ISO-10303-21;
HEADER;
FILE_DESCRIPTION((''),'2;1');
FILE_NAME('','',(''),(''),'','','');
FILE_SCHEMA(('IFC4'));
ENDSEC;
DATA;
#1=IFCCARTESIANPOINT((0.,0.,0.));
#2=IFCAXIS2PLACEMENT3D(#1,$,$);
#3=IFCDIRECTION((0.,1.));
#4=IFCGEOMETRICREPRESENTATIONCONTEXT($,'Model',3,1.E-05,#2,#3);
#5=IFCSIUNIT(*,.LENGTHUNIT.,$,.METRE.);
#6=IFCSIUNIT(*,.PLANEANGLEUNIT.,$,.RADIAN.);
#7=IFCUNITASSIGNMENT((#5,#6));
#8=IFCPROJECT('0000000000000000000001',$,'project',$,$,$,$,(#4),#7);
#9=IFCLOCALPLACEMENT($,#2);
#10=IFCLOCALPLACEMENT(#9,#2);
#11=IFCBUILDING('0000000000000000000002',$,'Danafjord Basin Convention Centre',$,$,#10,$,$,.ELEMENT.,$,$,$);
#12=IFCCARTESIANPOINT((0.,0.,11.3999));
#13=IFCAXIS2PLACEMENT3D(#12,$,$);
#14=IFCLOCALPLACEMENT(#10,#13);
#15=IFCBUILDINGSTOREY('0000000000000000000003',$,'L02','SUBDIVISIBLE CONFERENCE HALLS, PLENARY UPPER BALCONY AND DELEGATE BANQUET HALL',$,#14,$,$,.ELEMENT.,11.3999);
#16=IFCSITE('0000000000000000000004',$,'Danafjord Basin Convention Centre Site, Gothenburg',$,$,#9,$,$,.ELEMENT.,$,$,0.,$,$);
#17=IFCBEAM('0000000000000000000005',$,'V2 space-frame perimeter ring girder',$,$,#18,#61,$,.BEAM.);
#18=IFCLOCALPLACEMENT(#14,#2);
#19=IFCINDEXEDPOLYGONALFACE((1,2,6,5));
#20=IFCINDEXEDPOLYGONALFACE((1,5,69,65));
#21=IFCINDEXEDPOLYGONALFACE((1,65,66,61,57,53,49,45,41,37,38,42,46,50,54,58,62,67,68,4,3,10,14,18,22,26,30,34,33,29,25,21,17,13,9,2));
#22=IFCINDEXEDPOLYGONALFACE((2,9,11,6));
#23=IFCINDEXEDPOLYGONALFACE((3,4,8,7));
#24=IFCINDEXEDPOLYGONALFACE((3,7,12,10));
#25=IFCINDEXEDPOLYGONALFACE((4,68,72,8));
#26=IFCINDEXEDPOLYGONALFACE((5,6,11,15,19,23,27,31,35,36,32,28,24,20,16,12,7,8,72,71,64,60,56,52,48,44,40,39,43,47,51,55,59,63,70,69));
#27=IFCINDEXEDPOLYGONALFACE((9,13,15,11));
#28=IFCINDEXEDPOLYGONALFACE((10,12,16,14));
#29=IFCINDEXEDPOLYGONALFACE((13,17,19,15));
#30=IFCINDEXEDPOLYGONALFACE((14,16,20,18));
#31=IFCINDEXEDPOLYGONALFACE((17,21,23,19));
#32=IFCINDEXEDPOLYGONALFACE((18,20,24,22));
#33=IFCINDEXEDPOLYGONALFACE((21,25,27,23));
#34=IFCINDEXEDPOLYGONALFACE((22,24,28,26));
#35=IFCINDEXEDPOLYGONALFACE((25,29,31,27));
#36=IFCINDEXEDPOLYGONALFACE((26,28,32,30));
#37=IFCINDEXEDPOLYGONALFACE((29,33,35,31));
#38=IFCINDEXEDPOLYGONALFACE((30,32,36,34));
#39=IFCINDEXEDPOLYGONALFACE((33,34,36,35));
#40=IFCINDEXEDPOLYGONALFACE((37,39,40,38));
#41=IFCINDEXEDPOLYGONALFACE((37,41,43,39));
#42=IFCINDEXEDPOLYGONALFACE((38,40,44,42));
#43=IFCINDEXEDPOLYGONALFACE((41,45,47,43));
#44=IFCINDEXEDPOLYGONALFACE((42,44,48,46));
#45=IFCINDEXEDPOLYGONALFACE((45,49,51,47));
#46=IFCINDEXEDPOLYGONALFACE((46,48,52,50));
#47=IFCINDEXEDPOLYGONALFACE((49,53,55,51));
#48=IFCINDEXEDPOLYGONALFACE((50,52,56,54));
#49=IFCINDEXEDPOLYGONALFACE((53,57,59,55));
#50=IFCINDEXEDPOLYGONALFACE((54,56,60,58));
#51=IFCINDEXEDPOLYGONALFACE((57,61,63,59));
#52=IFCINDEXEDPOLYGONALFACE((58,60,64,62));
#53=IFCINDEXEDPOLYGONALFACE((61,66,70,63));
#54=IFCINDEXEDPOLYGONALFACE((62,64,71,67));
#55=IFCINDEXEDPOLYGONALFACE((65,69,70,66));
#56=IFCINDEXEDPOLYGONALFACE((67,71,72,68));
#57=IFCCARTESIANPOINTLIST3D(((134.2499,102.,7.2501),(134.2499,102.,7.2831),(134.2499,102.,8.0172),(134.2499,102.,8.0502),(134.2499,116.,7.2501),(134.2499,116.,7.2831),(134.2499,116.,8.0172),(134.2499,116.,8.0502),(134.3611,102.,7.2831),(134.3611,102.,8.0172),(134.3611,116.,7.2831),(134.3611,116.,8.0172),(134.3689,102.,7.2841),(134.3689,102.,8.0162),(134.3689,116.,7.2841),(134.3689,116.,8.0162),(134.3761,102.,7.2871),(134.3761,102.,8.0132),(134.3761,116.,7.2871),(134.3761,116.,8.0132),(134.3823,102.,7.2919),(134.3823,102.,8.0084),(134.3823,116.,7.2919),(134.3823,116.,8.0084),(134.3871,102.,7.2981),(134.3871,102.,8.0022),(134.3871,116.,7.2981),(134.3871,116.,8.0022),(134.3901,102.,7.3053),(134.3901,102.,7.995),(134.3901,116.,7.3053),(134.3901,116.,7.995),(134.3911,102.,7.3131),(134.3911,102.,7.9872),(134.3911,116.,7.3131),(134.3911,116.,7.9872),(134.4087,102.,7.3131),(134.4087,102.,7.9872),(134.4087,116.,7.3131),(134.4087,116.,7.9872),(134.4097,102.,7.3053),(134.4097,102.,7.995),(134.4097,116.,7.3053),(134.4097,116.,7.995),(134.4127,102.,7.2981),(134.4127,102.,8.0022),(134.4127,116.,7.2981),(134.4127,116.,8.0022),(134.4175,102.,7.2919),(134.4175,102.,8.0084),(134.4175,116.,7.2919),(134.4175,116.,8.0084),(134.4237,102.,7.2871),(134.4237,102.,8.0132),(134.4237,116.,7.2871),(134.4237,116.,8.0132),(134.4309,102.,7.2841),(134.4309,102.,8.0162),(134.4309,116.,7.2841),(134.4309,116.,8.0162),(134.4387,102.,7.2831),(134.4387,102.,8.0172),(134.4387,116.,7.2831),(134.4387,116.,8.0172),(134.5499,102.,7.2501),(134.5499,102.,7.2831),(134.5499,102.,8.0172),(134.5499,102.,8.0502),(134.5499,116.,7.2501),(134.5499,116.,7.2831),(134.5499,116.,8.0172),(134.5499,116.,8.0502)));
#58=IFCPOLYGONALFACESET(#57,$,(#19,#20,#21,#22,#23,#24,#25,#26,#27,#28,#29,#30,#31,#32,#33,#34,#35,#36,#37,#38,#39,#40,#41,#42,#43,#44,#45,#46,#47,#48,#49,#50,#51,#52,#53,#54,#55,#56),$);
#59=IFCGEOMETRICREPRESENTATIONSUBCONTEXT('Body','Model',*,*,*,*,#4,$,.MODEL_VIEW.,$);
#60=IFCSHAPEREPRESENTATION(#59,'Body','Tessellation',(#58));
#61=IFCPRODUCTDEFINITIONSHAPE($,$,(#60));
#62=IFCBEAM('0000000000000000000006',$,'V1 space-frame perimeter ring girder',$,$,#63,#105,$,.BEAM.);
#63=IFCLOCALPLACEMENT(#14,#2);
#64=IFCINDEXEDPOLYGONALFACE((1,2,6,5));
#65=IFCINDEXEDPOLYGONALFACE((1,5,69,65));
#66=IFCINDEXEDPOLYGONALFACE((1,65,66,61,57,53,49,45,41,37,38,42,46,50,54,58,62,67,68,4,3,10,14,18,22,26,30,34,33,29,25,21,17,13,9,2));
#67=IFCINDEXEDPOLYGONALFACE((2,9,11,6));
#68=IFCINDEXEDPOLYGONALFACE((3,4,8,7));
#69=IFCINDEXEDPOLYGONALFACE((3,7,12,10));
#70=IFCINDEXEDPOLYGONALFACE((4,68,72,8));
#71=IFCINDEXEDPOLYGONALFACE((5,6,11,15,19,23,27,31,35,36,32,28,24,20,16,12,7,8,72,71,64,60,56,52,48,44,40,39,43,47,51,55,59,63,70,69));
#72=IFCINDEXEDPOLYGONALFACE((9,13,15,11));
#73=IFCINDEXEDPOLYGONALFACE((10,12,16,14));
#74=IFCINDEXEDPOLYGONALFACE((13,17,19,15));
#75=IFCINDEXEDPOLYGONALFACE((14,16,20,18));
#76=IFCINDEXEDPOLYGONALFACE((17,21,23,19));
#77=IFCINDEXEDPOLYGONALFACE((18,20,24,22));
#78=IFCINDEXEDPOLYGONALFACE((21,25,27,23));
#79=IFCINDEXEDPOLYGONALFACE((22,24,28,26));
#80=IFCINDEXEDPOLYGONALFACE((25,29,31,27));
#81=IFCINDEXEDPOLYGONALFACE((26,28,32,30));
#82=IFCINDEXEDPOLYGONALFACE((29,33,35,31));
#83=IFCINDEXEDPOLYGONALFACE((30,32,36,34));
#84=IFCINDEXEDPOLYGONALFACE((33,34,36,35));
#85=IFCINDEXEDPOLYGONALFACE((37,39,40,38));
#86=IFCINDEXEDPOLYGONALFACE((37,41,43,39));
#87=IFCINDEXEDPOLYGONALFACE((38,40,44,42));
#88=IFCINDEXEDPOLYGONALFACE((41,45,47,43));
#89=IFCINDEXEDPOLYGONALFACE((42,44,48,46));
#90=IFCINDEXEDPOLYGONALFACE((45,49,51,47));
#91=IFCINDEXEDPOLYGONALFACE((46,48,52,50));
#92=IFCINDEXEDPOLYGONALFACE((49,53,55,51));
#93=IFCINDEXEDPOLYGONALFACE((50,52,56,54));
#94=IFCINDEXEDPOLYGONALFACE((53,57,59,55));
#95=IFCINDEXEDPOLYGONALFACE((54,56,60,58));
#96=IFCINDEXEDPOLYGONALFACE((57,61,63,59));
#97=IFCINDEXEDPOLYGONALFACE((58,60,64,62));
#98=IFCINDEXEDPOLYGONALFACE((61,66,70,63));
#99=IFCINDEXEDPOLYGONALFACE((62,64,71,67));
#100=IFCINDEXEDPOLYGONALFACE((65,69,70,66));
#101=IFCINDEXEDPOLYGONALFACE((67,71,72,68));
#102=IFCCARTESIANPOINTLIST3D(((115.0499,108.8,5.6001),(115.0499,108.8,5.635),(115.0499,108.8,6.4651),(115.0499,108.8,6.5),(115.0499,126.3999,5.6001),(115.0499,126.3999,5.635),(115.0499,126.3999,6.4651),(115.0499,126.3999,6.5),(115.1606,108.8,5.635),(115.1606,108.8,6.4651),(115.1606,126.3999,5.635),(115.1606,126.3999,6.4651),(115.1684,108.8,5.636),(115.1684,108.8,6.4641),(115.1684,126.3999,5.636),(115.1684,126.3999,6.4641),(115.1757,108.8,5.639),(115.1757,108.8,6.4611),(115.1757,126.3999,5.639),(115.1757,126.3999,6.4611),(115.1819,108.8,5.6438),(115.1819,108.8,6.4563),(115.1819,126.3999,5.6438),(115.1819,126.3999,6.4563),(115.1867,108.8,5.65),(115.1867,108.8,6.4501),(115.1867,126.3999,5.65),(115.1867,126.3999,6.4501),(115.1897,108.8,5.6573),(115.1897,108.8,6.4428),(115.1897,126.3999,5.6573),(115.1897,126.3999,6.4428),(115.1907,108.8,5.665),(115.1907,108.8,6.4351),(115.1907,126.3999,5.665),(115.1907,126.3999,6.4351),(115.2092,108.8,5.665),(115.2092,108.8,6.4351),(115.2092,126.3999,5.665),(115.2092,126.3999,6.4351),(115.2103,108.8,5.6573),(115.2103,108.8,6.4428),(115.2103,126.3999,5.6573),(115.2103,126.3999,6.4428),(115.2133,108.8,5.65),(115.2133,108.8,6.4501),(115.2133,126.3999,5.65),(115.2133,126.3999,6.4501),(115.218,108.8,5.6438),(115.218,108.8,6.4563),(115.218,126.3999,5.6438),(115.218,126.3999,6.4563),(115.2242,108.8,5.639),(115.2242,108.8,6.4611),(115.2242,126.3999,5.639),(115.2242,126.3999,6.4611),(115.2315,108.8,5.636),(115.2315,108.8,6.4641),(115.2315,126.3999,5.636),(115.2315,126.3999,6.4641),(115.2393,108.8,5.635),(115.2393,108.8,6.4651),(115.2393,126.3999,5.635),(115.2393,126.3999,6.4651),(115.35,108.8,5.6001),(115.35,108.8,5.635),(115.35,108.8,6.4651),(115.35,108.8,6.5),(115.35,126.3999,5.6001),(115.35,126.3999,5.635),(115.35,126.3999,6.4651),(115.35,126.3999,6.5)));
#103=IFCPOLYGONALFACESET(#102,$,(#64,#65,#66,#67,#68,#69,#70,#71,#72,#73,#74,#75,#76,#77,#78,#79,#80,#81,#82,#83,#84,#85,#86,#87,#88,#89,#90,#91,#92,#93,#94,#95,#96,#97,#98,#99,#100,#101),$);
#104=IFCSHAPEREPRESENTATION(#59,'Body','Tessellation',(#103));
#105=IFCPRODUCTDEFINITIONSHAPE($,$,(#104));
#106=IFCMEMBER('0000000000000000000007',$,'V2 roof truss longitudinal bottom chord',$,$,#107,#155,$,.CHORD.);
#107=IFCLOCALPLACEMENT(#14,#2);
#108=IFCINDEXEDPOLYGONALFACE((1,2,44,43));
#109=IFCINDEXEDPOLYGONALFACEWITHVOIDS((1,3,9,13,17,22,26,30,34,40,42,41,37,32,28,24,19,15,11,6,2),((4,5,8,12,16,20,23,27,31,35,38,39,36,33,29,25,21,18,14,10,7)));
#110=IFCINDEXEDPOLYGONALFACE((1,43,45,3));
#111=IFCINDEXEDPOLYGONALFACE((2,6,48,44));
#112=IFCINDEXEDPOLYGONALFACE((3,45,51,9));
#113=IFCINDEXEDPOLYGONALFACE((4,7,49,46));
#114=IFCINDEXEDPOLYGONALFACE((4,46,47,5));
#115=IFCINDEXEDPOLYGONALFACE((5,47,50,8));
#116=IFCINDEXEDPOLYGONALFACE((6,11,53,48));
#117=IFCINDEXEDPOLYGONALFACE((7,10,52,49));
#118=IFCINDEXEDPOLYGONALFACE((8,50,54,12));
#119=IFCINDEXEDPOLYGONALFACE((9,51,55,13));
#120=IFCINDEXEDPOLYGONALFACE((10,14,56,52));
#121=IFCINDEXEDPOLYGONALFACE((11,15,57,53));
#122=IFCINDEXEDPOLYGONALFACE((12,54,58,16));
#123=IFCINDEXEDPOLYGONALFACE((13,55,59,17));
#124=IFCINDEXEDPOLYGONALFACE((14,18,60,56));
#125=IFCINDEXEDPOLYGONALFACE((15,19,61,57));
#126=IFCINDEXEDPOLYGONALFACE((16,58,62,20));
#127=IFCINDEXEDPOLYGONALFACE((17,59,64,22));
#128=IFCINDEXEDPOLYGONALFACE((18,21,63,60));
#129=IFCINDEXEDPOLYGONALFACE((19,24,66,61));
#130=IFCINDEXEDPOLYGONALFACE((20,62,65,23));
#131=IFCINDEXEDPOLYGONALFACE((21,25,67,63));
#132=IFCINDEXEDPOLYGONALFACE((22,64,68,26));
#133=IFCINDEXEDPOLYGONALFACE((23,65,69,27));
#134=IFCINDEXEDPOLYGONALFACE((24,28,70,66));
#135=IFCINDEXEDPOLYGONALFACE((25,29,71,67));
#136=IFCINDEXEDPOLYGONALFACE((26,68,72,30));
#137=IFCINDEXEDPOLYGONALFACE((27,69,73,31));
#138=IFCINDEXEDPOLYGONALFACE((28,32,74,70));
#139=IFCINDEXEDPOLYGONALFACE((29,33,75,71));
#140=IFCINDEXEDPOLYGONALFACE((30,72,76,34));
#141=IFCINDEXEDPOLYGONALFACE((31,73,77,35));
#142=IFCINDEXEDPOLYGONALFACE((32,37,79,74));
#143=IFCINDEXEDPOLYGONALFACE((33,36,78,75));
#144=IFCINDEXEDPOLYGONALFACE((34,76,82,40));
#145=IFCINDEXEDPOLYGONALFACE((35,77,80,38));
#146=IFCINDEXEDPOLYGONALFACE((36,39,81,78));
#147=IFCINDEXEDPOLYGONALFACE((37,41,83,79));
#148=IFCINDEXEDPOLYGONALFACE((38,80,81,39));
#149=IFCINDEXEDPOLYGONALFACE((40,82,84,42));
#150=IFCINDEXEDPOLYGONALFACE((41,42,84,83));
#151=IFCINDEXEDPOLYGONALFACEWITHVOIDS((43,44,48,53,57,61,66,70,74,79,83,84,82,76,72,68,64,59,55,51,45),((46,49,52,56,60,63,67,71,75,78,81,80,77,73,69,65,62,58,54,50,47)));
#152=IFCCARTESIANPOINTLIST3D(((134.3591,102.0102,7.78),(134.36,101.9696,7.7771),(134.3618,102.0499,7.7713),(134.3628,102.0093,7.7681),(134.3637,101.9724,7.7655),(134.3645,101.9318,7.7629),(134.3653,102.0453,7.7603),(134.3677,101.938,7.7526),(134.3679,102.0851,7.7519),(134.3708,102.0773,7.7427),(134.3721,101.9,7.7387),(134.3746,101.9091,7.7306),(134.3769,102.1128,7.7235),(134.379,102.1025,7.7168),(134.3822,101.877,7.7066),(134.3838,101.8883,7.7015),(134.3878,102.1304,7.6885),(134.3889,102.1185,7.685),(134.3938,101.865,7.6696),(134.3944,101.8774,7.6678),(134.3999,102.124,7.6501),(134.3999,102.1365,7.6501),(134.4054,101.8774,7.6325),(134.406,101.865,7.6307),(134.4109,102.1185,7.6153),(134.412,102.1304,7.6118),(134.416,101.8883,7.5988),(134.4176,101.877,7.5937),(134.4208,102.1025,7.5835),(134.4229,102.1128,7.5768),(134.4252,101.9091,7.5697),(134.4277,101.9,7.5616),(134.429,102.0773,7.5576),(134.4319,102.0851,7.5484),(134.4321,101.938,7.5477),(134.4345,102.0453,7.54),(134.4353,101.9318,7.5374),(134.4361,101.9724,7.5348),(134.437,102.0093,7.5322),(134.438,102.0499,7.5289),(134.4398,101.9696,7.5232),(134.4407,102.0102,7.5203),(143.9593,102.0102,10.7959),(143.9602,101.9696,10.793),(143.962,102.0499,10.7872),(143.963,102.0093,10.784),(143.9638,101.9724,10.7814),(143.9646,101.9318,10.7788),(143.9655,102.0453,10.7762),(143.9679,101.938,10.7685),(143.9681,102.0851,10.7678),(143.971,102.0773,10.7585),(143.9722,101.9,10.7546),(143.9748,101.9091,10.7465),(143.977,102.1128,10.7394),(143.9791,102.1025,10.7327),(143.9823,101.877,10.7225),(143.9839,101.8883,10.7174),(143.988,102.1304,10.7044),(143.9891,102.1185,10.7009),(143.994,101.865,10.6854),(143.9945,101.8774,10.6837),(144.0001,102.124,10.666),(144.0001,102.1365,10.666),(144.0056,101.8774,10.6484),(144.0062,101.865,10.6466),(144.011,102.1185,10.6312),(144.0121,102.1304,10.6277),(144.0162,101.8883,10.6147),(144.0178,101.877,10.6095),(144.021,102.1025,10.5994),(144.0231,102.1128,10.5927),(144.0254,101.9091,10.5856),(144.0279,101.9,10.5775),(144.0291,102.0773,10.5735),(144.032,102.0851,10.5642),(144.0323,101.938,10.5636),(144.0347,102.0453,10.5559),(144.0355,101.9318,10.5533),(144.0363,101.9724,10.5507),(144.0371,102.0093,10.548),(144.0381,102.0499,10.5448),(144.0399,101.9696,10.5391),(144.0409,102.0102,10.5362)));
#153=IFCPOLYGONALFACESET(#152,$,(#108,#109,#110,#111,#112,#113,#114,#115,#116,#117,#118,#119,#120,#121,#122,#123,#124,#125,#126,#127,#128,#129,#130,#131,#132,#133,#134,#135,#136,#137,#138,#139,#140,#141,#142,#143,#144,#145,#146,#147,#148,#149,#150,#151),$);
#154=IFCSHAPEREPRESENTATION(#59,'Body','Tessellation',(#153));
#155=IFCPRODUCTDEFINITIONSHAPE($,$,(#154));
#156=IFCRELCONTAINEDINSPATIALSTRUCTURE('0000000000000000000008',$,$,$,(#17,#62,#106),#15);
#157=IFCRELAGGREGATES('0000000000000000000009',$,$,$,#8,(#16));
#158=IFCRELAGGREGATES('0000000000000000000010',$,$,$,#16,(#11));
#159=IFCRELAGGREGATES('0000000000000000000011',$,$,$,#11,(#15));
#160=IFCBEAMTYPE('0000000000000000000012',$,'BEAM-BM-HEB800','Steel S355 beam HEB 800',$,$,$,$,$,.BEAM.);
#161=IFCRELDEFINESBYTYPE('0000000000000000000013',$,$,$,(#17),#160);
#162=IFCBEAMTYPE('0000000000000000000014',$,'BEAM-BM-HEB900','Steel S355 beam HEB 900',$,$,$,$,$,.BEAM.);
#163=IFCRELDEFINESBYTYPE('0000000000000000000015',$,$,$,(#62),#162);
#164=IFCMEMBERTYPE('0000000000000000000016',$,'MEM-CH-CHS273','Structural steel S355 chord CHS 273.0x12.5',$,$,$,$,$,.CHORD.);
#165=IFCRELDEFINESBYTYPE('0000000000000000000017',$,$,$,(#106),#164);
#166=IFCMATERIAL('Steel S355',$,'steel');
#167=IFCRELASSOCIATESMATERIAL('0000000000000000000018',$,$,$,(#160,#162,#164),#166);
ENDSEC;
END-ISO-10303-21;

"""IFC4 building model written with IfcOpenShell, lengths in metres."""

from ifc_helpers import new_model, si_unit, direction, frame, origin, origin_2d, place, context, subcontext, project, spatial, hollow_circle, i_section, extrude, material, material_profile, profile_set, type_object, element, save


model = new_model("IFC4")

# Units and contexts
model_context = context("Model", 3, precision=1e-05, world=origin(), true_north=direction((0.0, 1.0)))
body_context = subcontext(model_context, "Body", "Model", "MODEL_VIEW")
ifc_project = project(units=[si_unit("LENGTHUNIT", "METRE"), si_unit("PLANEANGLEUNIT", "RADIAN")], contexts=[model_context])

# Site, building, storey
site_placement = place(None, origin())
site = spatial("IfcSite", under=ifc_project, at=site_placement, Name="Danafjord Basin Convention Centre Site, Gothenburg", CompositionType="ELEMENT", RefElevation=0.0)
building_placement = place(site_placement, origin())
building = spatial("IfcBuilding", under=site, at=building_placement, Name="Danafjord Basin Convention Centre", CompositionType="ELEMENT")
storey_placement = place(building_placement, frame((0.0, 0.0, 11.3999)))
storey = spatial("IfcBuildingStorey", under=building, at=storey_placement, Name="L02", Description="SUBDIVISIBLE CONFERENCE HALLS, PLENARY UPPER BALCONY AND DELEGATE BANQUET HALL", CompositionType="ELEMENT", Elevation=11.3999)

# Beams
ifc_material_1 = material(Name="Steel S355", Category="steel")
ifc_material_profile_1 = material_profile(ifc_material_1, i_section(OverallWidth=0.3, OverallDepth=0.8, WebThickness=0.0176, FlangeThickness=0.033, FilletRadius=0.03, at=origin_2d()), Name="HEB 800")
ifc_profile_set_1 = profile_set([ifc_material_profile_1], Name="Steel S355")
beam_type_1 = type_object("IfcBeamType", Name="BEAM-BM-HEB800", Description="Steel S355 beam HEB 800", PredefinedType="BEAM", material=ifc_profile_set_1)
beam_1_placement = place(storey_placement, frame((134.3999, 102.0, 7.6501), z_axis=(0.0, 1.0, 0.0), x_axis=(-1.0, 0.0, 0.0)))
element("IfcBeam", 1, at=beam_1_placement, inside=storey, type_object=beam_type_1, Name="V2 space-frame perimeter ring girder", PredefinedType="BEAM", context=body_context, shape_type="SweptSolid", body=[
    extrude(i_section(OverallWidth=0.3, OverallDepth=0.8, WebThickness=0.0176, FlangeThickness=0.033, FilletRadius=0.03, at=origin_2d()), origin(), (0.0, 0.0, 1.0), 14.0),
])
ifc_material_profile_2 = material_profile(ifc_material_1, i_section(OverallWidth=0.3, OverallDepth=0.8999, WebThickness=0.0186, FlangeThickness=0.0349, FilletRadius=0.03, at=origin_2d()), Name="HEB 900")
ifc_profile_set_2 = profile_set([ifc_material_profile_2], Name="Steel S355")
beam_type_2 = type_object("IfcBeamType", Name="BEAM-BM-HEB900", Description="Steel S355 beam HEB 900", PredefinedType="BEAM", material=ifc_profile_set_2)
beam_2_placement = place(storey_placement, frame((115.2, 108.8, 6.05), z_axis=(0.0, 1.0, 0.0), x_axis=(-1.0, 0.0, 0.0)))
element("IfcBeam", 2, at=beam_2_placement, inside=storey, type_object=beam_type_2, Name="V1 space-frame perimeter ring girder", PredefinedType="BEAM", context=body_context, shape_type="SweptSolid", body=[
    extrude(i_section(OverallWidth=0.3, OverallDepth=0.8999, WebThickness=0.0186, FlangeThickness=0.0349, FilletRadius=0.03, at=origin_2d()), origin(), (0.0, 0.0, 1.0), 17.5999),
])

# Member
ifc_material_profile_3 = material_profile(ifc_material_1, hollow_circle(Radius=0.1365, WallThickness=0.0125, at=origin_2d()), Name="CHS 273.0x12.5")
ifc_profile_set_3 = profile_set([ifc_material_profile_3], Name="Steel S355")
member_type_1 = type_object("IfcMemberType", Name="MEM-CH-CHS273", Description="Structural steel S355 chord CHS 273.0x12.5", PredefinedType="CHORD", material=ifc_profile_set_3)
member_1_placement = place(storey_placement, frame((134.3999, 102.0, 7.6501), z_axis=(0.954031, 0.0, 0.299709), x_axis=(0.0, 1.0, 0.0)))
element("IfcMember", 3, at=member_1_placement, inside=storey, type_object=member_type_1, Name="V2 roof truss longitudinal bottom chord", PredefinedType="CHORD", context=body_context, shape_type="SweptSolid", body=[
    extrude(hollow_circle(Radius=0.1365, WallThickness=0.0125, at=origin_2d()), origin(), (0.0, 0.0, 1.0), 10.0627),
])

save(model, "model.ifc")
